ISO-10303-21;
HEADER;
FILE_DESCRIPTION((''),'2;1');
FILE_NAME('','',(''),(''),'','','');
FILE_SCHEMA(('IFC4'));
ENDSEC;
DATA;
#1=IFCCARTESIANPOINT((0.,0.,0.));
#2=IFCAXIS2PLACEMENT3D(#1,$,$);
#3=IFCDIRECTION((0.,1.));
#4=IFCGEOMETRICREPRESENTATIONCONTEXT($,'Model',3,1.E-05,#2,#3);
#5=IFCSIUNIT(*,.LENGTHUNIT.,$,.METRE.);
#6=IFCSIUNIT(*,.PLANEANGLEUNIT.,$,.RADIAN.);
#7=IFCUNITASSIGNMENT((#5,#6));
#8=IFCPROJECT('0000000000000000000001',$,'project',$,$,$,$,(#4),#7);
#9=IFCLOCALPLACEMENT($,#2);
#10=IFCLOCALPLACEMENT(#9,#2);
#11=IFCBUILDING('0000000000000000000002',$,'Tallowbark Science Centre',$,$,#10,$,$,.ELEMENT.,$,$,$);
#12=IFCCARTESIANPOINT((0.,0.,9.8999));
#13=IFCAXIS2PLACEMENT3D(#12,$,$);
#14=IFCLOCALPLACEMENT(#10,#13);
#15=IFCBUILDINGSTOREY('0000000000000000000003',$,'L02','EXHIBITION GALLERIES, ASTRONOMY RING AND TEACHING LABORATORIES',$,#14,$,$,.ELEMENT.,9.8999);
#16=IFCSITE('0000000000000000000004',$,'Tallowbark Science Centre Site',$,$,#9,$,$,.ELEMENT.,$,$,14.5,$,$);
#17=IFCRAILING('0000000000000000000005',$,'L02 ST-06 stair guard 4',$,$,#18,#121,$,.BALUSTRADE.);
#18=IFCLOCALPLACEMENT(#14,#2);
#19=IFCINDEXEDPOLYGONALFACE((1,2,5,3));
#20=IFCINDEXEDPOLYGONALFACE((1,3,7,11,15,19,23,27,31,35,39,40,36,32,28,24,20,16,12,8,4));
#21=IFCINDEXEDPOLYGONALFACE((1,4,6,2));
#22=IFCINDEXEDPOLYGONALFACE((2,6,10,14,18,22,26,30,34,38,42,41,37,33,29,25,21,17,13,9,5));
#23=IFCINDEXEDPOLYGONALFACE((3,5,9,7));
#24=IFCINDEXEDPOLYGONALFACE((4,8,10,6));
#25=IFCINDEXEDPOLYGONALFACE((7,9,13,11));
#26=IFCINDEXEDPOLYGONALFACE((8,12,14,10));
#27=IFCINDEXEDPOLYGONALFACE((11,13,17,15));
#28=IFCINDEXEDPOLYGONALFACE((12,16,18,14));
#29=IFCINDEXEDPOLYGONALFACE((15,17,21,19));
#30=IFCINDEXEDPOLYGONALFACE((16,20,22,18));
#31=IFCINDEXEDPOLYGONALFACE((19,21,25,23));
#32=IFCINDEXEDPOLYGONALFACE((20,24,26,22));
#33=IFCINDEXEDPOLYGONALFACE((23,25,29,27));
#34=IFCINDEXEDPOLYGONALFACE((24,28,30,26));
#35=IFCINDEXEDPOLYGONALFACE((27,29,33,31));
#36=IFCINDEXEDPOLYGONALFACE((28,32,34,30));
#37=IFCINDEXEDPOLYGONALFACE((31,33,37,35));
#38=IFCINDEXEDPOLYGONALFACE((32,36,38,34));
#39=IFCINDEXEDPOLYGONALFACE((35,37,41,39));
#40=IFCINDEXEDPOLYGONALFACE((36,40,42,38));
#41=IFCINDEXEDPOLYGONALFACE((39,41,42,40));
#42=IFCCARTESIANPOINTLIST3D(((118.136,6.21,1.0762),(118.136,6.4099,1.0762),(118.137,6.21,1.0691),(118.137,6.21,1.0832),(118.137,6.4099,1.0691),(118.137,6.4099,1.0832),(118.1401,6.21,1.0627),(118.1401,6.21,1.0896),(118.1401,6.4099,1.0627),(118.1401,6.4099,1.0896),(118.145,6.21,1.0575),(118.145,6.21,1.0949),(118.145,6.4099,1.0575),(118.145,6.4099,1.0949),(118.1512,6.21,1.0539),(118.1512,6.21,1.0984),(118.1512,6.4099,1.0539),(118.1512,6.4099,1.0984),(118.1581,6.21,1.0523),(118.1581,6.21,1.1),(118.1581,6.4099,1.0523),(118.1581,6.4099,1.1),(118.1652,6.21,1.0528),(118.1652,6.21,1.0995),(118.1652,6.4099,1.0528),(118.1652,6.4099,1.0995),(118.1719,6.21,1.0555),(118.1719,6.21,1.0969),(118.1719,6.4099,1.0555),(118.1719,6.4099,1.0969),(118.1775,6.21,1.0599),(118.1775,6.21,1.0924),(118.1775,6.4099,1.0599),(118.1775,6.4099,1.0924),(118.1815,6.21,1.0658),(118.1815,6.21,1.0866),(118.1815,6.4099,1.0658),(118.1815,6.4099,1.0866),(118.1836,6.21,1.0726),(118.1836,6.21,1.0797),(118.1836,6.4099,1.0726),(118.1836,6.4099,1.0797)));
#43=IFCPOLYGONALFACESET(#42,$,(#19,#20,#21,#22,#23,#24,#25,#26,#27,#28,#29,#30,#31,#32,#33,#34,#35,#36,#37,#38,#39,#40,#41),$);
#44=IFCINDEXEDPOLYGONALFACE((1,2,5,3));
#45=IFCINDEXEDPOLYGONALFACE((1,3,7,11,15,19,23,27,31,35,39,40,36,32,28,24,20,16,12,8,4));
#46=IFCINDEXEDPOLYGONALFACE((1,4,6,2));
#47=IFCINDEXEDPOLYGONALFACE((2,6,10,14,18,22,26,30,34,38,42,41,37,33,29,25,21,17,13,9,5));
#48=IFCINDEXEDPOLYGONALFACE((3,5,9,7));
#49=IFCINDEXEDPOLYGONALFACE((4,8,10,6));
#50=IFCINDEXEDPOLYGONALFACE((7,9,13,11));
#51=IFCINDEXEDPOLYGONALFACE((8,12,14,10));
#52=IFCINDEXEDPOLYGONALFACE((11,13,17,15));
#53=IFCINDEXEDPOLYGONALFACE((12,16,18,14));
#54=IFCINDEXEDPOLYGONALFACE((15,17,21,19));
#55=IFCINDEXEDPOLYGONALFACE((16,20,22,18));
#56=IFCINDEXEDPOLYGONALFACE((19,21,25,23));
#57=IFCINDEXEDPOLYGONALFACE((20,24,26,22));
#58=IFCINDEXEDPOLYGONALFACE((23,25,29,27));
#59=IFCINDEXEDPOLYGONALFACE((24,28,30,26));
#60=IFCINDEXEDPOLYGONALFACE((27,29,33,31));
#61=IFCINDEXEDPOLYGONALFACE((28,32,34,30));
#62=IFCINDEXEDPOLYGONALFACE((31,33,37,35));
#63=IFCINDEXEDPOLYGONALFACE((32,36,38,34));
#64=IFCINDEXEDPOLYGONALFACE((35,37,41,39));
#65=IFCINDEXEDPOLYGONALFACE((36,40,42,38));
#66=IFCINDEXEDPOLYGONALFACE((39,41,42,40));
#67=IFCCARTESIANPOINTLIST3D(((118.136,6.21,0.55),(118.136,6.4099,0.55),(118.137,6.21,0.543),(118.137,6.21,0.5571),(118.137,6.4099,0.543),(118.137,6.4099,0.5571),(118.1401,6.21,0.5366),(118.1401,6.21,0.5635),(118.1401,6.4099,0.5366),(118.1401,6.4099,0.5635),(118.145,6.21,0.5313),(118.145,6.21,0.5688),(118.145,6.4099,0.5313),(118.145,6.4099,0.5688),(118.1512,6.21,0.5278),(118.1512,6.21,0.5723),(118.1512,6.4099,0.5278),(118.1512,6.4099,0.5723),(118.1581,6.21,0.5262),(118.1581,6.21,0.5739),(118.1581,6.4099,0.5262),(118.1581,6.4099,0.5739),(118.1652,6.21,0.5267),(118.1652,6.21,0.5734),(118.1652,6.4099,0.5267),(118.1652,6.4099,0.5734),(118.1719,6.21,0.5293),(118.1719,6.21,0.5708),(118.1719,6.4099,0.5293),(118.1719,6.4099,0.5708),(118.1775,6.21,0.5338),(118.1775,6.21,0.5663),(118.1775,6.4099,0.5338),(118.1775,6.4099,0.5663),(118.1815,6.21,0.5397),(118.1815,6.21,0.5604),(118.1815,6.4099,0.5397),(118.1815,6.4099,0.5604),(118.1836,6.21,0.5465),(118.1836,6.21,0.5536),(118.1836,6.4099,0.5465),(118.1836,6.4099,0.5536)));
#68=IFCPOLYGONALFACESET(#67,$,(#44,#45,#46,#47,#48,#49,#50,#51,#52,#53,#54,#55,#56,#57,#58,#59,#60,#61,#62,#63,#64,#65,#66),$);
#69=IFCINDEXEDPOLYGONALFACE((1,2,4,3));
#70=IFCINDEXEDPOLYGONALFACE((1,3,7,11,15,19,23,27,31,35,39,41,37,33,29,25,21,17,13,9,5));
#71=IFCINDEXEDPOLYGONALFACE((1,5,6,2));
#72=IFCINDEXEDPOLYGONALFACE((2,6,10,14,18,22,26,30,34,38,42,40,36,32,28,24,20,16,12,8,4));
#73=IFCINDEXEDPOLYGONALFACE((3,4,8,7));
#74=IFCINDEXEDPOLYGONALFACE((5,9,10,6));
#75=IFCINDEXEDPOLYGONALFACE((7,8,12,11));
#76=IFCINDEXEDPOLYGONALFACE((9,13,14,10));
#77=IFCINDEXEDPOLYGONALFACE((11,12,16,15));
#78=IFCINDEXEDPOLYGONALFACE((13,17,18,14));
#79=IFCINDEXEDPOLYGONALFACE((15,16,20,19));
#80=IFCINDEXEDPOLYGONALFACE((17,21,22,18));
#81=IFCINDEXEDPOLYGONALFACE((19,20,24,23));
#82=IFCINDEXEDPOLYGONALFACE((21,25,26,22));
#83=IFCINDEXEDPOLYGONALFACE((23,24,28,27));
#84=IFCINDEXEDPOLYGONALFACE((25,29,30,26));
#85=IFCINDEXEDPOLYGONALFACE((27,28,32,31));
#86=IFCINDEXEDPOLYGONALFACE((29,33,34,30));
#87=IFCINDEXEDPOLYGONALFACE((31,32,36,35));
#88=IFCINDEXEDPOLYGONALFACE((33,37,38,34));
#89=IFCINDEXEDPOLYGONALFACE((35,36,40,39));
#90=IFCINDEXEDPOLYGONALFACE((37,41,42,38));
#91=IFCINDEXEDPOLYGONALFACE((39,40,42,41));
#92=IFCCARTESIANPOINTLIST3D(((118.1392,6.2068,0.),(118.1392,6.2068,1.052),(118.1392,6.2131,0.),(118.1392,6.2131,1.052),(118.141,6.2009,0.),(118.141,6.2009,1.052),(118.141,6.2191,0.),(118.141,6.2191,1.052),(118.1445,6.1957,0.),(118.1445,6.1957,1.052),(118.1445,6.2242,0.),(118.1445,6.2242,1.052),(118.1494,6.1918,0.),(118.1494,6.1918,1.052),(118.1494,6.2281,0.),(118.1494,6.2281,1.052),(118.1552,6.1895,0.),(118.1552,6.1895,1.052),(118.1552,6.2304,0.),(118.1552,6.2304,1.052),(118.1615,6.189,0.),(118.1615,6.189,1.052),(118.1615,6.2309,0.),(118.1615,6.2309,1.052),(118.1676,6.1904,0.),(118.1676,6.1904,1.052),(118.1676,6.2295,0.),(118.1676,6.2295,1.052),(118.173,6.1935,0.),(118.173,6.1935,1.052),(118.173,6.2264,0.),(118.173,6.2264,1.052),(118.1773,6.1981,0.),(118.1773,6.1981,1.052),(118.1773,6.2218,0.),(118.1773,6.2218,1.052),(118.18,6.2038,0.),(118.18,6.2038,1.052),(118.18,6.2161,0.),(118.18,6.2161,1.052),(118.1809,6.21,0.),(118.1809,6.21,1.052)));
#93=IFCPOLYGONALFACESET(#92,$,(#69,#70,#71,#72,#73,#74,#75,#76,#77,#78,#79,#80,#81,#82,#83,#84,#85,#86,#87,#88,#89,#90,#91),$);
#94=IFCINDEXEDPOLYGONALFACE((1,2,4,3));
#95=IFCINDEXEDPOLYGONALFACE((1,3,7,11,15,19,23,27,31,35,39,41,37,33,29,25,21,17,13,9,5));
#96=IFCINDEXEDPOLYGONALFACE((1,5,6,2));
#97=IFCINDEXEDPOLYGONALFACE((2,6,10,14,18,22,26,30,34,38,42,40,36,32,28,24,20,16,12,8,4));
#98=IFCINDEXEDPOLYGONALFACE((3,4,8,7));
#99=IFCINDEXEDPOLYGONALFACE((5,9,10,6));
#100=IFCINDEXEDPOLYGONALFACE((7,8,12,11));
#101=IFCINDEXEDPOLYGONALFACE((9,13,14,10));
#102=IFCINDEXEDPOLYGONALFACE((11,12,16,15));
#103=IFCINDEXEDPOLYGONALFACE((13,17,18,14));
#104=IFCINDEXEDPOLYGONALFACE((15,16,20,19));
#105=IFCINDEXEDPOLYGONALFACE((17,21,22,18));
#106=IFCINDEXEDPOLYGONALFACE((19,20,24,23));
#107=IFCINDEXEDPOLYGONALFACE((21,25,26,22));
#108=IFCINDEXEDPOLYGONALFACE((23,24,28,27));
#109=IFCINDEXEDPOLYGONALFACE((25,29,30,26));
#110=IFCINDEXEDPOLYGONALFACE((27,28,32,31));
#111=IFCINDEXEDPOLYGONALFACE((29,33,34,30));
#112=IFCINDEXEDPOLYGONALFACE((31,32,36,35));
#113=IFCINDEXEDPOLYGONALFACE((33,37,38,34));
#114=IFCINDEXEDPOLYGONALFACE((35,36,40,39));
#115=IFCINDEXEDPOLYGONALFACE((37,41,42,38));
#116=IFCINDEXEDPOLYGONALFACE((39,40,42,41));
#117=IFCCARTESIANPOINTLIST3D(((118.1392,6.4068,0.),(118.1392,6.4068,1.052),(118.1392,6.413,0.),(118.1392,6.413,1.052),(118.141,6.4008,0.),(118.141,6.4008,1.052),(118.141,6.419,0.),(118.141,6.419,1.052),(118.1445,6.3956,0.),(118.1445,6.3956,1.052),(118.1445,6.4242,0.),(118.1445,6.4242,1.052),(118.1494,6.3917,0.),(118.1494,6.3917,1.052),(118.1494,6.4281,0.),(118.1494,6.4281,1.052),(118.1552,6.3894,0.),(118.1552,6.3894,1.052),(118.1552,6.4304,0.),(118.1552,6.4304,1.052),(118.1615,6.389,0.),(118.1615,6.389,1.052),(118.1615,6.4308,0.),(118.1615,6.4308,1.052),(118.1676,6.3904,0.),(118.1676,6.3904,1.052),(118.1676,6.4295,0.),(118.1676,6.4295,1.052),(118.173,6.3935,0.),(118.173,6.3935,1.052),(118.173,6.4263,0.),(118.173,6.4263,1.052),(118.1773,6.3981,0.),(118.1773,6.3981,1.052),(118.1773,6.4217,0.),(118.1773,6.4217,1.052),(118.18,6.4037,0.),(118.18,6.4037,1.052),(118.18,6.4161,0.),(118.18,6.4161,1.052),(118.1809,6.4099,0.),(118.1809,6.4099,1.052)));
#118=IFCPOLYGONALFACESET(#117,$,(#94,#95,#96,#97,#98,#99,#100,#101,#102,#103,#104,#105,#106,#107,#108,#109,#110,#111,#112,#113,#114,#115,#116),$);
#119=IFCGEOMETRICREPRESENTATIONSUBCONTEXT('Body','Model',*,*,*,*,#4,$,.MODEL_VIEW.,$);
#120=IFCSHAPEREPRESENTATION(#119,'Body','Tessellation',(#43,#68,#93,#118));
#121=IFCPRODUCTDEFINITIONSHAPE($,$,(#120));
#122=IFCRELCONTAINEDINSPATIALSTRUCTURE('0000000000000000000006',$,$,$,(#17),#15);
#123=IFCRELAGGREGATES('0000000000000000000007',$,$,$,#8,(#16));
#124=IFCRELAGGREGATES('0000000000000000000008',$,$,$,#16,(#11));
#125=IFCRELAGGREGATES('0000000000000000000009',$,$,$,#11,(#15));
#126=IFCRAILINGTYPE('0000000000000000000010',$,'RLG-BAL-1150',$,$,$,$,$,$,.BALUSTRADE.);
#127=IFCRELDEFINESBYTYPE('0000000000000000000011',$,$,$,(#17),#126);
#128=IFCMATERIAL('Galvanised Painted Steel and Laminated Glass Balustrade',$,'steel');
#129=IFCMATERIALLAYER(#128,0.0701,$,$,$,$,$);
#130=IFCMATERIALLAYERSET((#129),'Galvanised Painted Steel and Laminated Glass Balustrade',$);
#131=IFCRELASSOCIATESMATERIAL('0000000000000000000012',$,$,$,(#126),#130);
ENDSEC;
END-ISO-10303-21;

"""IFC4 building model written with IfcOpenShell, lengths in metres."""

from ifc_helpers import new_model, si_unit, direction, frame, origin, origin_2d, place, context, subcontext, project, spatial, circle, extrude, material, layer, layer_set, type_object, element, save


model = new_model("IFC4")

# Units and contexts
model_context = context("Model", 3, precision=1e-05, world=origin(), true_north=direction((0.0, 1.0)))
body_context = subcontext(model_context, "Body", "Model", "MODEL_VIEW")
ifc_project = project(units=[si_unit("LENGTHUNIT", "METRE"), si_unit("PLANEANGLEUNIT", "RADIAN")], contexts=[model_context])

# Site, building, storey
site_placement = place(None, origin())
site = spatial("IfcSite", under=ifc_project, at=site_placement, Name="Tallowbark Science Centre Site", CompositionType="ELEMENT", RefElevation=14.5)
building_placement = place(site_placement, origin())
building = spatial("IfcBuilding", under=site, at=building_placement, Name="Tallowbark Science Centre", CompositionType="ELEMENT")
storey_placement = place(building_placement, frame((0.0, 0.0, 9.8999)))
storey = spatial("IfcBuildingStorey", under=building, at=storey_placement, Name="L02", Description="EXHIBITION GALLERIES, ASTRONOMY RING AND TEACHING LABORATORIES", CompositionType="ELEMENT", Elevation=9.8999)

# Railing
ifc_material_1 = material(Name="Galvanised Painted Steel and Laminated Glass Balustrade", Category="steel")
ifc_layer_1 = layer(ifc_material_1, 0.0701)
ifc_layer_set_1 = layer_set([ifc_layer_1], Name="Galvanised Painted Steel and Laminated Glass Balustrade")
railing_type_1 = type_object("IfcRailingType", Name="RLG-BAL-1150", PredefinedType="BALUSTRADE", material=ifc_layer_set_1)
railing_1_placement = place(storey_placement, frame((118.1599, 6.21, 0.0)))
element("IfcRailing", 1, at=railing_1_placement, inside=storey, type_object=railing_type_1, Name="L02 ST-06 stair guard 4", PredefinedType="BALUSTRADE", context=body_context, shape_type="SweptSolid", body=[
    extrude(circle(Radius=0.0239, at=origin_2d()), frame((0.0, 0.0, 1.0762), z_axis=(0.0, 1.0, 0.0), x_axis=(-1.0, 0.0, 0.0)), (0.0, 0.0, 1.0), 0.2),
    extrude(circle(Radius=0.0239, at=origin_2d()), frame((0.0, 0.0, 0.55), z_axis=(0.0, 1.0, 0.0), x_axis=(-1.0, 0.0, 0.0)), (0.0, 0.0, 1.0), 0.2),
    extrude(circle(Radius=0.021, at=origin_2d()), origin(), (0.0, 0.0, 1.0), 1.052),
    extrude(circle(Radius=0.021, at=origin_2d()), frame((0.0, 0.2, 0.0)), (0.0, 0.0, 1.0), 1.052),
])

save(model, "model.ifc")
